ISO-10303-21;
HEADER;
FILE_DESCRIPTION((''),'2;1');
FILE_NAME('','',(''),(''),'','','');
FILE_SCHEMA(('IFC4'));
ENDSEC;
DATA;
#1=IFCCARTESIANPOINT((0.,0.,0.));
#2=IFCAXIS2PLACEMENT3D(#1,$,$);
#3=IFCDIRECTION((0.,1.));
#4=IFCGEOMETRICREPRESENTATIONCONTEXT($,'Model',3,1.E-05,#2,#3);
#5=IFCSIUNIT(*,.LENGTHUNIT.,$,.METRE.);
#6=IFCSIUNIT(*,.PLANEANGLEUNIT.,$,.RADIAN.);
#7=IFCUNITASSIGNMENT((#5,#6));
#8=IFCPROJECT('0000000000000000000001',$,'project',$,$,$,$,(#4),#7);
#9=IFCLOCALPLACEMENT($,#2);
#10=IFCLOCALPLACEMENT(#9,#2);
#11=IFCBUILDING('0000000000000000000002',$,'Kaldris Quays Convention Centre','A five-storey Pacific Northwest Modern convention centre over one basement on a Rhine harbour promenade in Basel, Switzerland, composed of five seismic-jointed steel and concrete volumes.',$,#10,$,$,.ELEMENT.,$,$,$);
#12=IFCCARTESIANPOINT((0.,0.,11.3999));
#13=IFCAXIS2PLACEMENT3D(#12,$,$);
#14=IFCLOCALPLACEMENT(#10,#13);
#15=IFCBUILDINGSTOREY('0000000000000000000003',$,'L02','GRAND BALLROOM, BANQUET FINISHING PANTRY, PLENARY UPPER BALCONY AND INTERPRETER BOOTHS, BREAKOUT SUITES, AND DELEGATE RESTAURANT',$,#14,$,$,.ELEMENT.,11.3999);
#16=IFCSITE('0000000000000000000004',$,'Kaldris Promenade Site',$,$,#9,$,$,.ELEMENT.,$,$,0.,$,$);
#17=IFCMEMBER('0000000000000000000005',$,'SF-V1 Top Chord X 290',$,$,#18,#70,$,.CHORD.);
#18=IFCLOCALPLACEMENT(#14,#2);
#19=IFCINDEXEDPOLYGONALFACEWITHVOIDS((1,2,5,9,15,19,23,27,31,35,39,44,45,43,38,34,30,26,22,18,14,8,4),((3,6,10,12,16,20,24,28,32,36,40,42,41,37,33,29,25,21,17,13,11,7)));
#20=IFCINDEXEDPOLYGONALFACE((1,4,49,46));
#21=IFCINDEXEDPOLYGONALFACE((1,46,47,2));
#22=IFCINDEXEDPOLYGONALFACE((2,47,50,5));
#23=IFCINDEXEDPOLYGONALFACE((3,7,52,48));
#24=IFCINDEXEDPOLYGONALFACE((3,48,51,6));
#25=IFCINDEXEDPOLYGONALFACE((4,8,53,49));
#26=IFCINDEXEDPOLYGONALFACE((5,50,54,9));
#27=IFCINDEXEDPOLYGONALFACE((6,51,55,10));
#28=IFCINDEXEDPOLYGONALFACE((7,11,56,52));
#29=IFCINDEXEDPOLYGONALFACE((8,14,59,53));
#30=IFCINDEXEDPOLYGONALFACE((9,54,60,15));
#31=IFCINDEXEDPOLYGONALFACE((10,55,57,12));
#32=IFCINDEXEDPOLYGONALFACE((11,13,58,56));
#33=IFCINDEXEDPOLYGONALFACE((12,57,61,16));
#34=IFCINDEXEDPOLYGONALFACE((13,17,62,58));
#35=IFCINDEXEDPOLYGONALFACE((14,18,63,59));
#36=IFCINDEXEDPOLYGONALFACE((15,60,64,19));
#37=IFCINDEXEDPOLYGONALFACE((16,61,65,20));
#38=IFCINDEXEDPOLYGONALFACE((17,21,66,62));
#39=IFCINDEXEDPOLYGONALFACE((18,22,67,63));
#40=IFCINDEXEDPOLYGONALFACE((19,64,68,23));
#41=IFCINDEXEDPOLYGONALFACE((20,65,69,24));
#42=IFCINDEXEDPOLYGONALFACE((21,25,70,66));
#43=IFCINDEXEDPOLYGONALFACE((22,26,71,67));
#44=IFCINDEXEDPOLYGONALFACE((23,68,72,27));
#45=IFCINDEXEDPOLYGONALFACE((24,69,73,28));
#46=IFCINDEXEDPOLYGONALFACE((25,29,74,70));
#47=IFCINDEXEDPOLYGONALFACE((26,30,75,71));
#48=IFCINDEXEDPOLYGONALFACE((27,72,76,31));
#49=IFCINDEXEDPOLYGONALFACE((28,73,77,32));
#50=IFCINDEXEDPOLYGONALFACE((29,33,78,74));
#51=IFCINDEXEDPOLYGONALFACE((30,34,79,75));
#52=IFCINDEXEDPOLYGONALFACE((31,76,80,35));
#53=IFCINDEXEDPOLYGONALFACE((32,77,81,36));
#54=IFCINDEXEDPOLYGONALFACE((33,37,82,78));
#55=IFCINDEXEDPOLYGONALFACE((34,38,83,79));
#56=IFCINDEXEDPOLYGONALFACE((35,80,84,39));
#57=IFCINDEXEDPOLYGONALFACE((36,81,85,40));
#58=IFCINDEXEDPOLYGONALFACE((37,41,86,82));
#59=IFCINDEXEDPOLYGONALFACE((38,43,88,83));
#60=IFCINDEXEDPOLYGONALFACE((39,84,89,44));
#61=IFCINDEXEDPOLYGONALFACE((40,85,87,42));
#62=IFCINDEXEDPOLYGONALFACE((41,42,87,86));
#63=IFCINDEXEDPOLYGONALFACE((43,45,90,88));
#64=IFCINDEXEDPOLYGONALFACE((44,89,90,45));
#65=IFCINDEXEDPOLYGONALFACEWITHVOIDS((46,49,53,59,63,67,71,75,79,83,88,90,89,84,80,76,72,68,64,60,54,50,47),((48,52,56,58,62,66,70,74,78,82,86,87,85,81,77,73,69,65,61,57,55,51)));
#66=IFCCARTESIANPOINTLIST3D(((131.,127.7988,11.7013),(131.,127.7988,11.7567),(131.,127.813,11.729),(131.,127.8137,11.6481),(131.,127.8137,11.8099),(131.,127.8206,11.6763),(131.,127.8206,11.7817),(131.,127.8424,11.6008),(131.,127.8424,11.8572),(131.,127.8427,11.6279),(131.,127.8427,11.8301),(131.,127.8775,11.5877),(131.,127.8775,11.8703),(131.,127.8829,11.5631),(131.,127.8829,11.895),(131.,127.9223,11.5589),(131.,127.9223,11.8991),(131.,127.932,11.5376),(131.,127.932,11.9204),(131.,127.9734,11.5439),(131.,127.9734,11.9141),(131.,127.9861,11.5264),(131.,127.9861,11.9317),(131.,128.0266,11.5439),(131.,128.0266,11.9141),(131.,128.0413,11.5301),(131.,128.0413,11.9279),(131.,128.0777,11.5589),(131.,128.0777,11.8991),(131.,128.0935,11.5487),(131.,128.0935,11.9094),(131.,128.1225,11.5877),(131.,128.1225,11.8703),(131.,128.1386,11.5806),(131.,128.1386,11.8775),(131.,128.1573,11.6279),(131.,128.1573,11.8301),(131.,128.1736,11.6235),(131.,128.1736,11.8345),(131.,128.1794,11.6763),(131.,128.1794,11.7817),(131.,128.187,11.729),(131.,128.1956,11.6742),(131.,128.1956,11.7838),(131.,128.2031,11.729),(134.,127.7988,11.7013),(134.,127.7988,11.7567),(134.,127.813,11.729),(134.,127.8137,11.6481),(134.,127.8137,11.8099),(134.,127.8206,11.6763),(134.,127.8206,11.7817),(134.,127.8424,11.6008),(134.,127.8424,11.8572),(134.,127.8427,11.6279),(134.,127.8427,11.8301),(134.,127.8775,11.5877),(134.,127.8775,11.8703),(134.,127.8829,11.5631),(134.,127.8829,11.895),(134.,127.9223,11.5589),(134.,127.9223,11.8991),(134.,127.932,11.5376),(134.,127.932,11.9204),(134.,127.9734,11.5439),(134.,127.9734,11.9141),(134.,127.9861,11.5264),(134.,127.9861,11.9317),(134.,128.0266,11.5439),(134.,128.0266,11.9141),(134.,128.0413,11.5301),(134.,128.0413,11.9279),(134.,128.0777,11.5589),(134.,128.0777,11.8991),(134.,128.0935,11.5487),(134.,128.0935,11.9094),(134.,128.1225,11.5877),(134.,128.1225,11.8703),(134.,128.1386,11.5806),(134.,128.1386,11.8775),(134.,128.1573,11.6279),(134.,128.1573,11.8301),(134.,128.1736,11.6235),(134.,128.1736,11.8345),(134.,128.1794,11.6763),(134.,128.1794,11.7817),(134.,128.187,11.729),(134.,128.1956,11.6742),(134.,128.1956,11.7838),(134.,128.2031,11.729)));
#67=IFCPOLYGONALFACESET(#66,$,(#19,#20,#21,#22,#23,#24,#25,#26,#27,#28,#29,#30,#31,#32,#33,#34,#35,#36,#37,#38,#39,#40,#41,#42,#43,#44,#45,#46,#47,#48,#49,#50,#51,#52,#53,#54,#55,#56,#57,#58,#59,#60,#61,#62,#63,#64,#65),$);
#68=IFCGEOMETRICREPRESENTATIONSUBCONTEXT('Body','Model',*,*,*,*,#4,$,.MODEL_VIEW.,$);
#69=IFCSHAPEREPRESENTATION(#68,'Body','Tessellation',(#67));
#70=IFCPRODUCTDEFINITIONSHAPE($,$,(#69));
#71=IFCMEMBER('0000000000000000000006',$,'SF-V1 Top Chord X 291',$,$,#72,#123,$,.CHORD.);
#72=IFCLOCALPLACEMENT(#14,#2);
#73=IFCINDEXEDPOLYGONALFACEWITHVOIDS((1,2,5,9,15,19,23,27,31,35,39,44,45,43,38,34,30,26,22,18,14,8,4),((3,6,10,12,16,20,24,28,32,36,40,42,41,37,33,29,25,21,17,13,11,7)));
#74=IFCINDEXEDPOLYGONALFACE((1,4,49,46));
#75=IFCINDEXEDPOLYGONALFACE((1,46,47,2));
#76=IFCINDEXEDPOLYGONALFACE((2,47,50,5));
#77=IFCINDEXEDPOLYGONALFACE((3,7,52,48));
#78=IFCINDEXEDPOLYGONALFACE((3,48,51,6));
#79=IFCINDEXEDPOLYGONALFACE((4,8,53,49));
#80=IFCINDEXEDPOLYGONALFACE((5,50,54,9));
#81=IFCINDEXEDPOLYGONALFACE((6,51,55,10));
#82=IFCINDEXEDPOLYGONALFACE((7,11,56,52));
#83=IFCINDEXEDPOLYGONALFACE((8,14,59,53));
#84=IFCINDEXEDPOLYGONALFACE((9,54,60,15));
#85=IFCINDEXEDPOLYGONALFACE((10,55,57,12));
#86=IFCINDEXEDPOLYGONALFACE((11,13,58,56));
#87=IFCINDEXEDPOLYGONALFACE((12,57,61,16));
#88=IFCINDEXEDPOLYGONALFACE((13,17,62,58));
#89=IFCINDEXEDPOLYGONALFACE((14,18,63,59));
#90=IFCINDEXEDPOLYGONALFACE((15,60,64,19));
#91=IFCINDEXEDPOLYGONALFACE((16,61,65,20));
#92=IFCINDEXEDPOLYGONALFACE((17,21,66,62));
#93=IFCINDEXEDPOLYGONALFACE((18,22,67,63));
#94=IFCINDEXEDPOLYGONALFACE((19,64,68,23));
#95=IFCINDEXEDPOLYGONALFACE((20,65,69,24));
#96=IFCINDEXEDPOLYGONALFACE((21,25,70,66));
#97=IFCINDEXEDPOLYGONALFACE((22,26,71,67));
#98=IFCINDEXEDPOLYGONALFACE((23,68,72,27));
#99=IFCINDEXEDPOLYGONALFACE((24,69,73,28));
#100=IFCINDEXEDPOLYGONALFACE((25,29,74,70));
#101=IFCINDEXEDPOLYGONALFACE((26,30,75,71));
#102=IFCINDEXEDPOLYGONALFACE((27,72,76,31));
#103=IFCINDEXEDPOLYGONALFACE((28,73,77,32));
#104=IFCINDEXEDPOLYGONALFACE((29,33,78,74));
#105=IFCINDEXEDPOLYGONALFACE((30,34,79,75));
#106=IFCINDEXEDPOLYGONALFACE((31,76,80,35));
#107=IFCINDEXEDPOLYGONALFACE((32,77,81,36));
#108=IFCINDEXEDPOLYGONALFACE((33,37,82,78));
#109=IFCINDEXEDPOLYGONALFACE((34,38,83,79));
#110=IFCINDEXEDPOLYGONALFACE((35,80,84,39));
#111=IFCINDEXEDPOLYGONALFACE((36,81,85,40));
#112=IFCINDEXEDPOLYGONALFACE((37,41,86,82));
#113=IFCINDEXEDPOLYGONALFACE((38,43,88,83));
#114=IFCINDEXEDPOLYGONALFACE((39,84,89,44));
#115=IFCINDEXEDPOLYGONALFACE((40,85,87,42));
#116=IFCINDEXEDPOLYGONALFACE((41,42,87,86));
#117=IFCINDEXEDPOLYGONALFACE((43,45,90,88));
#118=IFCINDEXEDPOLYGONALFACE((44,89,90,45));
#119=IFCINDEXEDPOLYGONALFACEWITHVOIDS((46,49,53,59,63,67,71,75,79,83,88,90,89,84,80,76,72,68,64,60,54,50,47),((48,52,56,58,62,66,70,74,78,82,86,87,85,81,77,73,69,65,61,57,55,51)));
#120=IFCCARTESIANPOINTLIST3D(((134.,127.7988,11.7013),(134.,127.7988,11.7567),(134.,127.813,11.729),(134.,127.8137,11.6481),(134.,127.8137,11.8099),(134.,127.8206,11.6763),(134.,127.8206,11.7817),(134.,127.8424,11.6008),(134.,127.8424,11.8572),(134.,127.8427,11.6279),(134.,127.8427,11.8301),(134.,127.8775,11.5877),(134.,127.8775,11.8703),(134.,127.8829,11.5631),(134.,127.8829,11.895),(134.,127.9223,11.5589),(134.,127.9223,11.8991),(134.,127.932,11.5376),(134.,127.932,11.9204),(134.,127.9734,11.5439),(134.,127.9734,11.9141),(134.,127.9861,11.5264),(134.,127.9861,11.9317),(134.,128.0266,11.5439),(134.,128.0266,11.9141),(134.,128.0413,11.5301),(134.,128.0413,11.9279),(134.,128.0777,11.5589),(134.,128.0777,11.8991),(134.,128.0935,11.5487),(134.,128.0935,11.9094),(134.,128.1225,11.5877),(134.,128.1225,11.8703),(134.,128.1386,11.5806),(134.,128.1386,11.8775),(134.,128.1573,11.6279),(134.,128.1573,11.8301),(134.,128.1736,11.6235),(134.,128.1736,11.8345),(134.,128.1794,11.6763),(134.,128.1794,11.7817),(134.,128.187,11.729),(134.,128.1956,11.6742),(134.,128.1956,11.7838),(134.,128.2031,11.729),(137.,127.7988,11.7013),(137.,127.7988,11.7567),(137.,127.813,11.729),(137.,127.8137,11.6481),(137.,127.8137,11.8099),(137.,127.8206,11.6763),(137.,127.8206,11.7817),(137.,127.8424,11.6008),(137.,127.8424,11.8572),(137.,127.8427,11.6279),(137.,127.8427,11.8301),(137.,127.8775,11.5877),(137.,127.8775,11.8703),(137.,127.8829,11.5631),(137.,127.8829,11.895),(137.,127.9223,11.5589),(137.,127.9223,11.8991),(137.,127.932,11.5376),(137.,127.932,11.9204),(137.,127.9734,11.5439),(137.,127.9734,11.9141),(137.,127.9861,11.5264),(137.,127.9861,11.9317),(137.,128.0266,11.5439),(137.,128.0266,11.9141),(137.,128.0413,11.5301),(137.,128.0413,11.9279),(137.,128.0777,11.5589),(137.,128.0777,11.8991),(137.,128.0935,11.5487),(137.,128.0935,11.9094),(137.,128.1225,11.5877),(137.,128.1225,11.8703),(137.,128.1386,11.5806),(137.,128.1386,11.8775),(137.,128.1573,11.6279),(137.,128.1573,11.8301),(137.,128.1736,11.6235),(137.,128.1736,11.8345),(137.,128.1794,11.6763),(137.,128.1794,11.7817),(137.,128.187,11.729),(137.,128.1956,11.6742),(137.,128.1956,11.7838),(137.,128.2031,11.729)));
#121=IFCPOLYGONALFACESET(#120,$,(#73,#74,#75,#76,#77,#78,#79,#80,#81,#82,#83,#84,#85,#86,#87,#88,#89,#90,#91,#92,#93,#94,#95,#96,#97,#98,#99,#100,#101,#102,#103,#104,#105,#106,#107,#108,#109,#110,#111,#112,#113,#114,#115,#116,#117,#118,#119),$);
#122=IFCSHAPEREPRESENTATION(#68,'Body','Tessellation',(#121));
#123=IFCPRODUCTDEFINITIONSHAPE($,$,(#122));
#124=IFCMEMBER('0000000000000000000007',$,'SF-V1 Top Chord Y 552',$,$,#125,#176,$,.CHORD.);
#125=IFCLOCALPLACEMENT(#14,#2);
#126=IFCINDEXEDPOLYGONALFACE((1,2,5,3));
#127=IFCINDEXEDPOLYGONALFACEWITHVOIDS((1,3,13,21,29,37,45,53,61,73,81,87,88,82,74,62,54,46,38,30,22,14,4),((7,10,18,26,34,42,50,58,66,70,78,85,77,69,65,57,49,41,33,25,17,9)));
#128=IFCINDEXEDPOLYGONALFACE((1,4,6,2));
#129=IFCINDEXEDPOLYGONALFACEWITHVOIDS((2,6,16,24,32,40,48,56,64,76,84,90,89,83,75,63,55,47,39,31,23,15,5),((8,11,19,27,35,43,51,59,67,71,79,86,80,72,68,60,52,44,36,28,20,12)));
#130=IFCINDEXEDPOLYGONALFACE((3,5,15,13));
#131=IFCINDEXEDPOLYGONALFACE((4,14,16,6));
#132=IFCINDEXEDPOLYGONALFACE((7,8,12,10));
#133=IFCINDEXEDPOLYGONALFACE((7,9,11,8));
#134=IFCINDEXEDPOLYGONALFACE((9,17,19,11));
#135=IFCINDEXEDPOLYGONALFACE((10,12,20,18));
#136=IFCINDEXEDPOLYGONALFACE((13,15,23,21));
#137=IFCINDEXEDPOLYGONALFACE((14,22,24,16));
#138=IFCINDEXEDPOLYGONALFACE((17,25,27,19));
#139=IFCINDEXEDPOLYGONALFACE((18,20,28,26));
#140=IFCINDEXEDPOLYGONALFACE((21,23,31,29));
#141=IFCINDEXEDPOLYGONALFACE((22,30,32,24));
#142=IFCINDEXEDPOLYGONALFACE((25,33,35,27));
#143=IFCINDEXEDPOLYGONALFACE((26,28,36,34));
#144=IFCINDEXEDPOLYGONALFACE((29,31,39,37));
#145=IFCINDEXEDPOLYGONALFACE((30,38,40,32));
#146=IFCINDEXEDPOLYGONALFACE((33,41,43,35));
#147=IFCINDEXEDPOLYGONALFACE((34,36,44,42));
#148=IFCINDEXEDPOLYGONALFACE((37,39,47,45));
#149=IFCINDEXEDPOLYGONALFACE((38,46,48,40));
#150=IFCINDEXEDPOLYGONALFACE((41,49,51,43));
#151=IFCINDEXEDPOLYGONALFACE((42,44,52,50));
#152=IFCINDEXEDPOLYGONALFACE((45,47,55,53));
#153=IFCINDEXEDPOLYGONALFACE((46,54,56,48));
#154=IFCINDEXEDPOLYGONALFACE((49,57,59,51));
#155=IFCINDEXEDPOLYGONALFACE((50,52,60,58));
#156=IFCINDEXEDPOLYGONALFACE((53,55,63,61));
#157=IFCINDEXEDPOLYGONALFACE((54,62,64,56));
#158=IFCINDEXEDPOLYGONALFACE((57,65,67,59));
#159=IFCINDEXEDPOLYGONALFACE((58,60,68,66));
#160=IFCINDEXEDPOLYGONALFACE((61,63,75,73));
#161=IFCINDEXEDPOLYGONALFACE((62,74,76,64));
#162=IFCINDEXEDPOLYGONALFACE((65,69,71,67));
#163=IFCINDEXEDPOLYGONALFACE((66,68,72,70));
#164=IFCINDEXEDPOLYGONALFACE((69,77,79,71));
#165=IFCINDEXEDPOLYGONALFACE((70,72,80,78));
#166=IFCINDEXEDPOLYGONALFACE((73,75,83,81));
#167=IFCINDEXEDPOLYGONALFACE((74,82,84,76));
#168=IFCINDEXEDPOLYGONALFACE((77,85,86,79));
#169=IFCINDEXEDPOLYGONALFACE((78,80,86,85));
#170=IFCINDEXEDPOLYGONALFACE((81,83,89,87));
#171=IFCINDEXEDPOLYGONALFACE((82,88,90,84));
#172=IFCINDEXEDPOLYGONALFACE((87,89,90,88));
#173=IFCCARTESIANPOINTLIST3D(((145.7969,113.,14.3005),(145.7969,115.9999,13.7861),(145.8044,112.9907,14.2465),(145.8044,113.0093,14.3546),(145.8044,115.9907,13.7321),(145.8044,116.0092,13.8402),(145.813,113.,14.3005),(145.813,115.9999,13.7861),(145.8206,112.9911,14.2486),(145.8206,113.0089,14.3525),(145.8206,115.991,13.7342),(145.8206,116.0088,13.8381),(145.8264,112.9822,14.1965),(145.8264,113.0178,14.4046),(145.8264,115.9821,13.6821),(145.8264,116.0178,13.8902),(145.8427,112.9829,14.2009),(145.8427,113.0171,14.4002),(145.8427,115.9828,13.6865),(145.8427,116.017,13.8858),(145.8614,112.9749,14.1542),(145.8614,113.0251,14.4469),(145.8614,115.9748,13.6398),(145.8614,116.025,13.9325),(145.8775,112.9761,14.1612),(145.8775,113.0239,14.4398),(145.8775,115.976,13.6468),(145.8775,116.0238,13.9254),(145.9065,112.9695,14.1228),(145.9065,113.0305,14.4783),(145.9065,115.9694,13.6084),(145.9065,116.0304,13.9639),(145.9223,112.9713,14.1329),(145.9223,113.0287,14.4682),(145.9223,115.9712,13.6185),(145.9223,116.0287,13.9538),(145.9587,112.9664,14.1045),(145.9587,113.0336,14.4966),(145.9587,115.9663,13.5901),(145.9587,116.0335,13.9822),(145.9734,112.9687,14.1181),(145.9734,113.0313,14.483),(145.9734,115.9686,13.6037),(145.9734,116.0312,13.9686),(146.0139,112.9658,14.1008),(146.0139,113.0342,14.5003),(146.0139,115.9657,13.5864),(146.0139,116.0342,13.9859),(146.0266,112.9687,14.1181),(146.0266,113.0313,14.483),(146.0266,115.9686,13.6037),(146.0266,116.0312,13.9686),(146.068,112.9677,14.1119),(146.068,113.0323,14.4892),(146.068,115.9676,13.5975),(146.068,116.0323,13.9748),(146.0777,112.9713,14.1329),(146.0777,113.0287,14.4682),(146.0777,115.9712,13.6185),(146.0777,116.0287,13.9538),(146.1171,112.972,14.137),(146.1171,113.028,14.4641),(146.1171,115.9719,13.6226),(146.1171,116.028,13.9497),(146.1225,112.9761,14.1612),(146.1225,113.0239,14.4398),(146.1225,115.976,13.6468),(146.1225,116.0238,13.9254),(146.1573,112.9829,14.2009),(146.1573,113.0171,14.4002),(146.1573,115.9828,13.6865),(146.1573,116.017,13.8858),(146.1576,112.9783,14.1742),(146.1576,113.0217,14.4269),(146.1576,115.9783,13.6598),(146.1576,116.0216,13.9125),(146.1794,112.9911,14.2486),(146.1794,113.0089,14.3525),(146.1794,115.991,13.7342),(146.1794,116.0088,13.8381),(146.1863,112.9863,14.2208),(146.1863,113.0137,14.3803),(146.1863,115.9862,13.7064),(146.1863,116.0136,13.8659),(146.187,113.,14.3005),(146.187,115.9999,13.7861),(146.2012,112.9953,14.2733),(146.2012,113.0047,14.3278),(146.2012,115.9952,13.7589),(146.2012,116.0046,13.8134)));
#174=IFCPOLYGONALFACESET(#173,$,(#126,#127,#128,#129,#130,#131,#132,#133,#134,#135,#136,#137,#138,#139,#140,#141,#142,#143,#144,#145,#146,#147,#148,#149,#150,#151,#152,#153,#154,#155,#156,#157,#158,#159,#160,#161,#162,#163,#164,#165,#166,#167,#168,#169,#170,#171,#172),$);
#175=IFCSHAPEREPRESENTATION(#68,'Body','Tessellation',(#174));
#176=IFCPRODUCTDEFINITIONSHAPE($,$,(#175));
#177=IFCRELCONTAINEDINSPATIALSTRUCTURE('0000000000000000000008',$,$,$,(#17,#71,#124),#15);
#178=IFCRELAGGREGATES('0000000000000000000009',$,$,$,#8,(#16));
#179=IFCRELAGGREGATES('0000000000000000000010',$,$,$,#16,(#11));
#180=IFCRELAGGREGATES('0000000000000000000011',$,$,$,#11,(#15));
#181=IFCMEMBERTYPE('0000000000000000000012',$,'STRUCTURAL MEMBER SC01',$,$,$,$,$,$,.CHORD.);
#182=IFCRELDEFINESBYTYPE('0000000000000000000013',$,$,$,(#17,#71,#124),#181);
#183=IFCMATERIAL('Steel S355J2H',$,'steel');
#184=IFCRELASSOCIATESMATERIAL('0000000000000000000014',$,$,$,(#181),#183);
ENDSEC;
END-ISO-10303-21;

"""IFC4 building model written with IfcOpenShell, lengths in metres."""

from ifc_helpers import new_model, si_unit, direction, frame, origin, origin_2d, place, context, subcontext, project, spatial, hollow_circle, extrude, material, material_profile, profile_set, type_object, element, save


model = new_model("IFC4")

# Units and contexts
model_context = context("Model", 3, precision=1e-05, world=origin(), true_north=direction((0.0, 1.0)))
body_context = subcontext(model_context, "Body", "Model", "MODEL_VIEW")
ifc_project = project(units=[si_unit("LENGTHUNIT", "METRE"), si_unit("PLANEANGLEUNIT", "RADIAN")], contexts=[model_context])

# Site, building, storey
site_placement = place(None, origin())
site = spatial("IfcSite", under=ifc_project, at=site_placement, Name="Kaldris Promenade Site", CompositionType="ELEMENT", RefElevation=0.0)
building_placement = place(site_placement, origin())
building = spatial("IfcBuilding", under=site, at=building_placement, Name="Kaldris Quays Convention Centre", Description="A five-storey Pacific Northwest Modern convention centre over one basement on a Rhine harbour promenade in Basel, Switzerland, composed of five seismic-jointed steel and concrete volumes.", CompositionType="ELEMENT")
storey_placement = place(building_placement, frame((0.0, 0.0, 11.3999)))
storey = spatial("IfcBuildingStorey", under=building, at=storey_placement, Name="L02", Description="GRAND BALLROOM, BANQUET FINISHING PANTRY, PLENARY UPPER BALCONY AND INTERPRETER BOOTHS, BREAKOUT SUITES, AND DELEGATE RESTAURANT", CompositionType="ELEMENT", Elevation=11.3999)

# Members
ifc_material_1 = material(Name="Steel S355J2H", Category="steel")
ifc_material_profile_1 = material_profile(ifc_material_1, hollow_circle(Radius=0.2031, WallThickness=0.0161, at=origin_2d()), Name="CHS 406.4x16")
ifc_profile_set_1 = profile_set([ifc_material_profile_1], Name="Steel S355J2H")
member_type_1 = type_object("IfcMemberType", Name="STRUCTURAL MEMBER SC01", PredefinedType="CHORD", material=ifc_profile_set_1)
for number, where, z_axis, x_axis, name in (
    (1, (131.0, 128.0, 11.729), (1.0, 0.0, 0.0), (0.0, 1.0, 0.0), "SF-V1 Top Chord X 290"),
    (2, (134.0, 128.0, 11.729), (1.0, 0.0, 0.0), (0.0, 1.0, 0.0), "SF-V1 Top Chord X 291"),
):
    element("IfcMember", number, at=place(storey_placement, frame(where, z_axis=z_axis, x_axis=x_axis)), inside=storey, type_object=member_type_1, Name=name, PredefinedType="CHORD", context=body_context, shape_type="SweptSolid", body=[
        extrude(hollow_circle(Radius=0.2031, WallThickness=0.0161, at=origin_2d()), origin(), (0.0, 0.0, 1.0), 3.0),
    ])
member_1_placement = place(storey_placement, frame((146.0, 113.0, 14.3005), z_axis=(0.0, 0.985616, -0.169002), x_axis=(-1.0, 0.0, 0.0)))
element("IfcMember", 3, at=member_1_placement, inside=storey, type_object=member_type_1, Name="SF-V1 Top Chord Y 552", PredefinedType="CHORD", context=body_context, shape_type="SweptSolid", body=[
    extrude(hollow_circle(Radius=0.2031, WallThickness=0.0161, at=origin_2d()), origin(), (0.0, 0.0, 1.0), 3.0437),
])

save(model, "model.ifc")
